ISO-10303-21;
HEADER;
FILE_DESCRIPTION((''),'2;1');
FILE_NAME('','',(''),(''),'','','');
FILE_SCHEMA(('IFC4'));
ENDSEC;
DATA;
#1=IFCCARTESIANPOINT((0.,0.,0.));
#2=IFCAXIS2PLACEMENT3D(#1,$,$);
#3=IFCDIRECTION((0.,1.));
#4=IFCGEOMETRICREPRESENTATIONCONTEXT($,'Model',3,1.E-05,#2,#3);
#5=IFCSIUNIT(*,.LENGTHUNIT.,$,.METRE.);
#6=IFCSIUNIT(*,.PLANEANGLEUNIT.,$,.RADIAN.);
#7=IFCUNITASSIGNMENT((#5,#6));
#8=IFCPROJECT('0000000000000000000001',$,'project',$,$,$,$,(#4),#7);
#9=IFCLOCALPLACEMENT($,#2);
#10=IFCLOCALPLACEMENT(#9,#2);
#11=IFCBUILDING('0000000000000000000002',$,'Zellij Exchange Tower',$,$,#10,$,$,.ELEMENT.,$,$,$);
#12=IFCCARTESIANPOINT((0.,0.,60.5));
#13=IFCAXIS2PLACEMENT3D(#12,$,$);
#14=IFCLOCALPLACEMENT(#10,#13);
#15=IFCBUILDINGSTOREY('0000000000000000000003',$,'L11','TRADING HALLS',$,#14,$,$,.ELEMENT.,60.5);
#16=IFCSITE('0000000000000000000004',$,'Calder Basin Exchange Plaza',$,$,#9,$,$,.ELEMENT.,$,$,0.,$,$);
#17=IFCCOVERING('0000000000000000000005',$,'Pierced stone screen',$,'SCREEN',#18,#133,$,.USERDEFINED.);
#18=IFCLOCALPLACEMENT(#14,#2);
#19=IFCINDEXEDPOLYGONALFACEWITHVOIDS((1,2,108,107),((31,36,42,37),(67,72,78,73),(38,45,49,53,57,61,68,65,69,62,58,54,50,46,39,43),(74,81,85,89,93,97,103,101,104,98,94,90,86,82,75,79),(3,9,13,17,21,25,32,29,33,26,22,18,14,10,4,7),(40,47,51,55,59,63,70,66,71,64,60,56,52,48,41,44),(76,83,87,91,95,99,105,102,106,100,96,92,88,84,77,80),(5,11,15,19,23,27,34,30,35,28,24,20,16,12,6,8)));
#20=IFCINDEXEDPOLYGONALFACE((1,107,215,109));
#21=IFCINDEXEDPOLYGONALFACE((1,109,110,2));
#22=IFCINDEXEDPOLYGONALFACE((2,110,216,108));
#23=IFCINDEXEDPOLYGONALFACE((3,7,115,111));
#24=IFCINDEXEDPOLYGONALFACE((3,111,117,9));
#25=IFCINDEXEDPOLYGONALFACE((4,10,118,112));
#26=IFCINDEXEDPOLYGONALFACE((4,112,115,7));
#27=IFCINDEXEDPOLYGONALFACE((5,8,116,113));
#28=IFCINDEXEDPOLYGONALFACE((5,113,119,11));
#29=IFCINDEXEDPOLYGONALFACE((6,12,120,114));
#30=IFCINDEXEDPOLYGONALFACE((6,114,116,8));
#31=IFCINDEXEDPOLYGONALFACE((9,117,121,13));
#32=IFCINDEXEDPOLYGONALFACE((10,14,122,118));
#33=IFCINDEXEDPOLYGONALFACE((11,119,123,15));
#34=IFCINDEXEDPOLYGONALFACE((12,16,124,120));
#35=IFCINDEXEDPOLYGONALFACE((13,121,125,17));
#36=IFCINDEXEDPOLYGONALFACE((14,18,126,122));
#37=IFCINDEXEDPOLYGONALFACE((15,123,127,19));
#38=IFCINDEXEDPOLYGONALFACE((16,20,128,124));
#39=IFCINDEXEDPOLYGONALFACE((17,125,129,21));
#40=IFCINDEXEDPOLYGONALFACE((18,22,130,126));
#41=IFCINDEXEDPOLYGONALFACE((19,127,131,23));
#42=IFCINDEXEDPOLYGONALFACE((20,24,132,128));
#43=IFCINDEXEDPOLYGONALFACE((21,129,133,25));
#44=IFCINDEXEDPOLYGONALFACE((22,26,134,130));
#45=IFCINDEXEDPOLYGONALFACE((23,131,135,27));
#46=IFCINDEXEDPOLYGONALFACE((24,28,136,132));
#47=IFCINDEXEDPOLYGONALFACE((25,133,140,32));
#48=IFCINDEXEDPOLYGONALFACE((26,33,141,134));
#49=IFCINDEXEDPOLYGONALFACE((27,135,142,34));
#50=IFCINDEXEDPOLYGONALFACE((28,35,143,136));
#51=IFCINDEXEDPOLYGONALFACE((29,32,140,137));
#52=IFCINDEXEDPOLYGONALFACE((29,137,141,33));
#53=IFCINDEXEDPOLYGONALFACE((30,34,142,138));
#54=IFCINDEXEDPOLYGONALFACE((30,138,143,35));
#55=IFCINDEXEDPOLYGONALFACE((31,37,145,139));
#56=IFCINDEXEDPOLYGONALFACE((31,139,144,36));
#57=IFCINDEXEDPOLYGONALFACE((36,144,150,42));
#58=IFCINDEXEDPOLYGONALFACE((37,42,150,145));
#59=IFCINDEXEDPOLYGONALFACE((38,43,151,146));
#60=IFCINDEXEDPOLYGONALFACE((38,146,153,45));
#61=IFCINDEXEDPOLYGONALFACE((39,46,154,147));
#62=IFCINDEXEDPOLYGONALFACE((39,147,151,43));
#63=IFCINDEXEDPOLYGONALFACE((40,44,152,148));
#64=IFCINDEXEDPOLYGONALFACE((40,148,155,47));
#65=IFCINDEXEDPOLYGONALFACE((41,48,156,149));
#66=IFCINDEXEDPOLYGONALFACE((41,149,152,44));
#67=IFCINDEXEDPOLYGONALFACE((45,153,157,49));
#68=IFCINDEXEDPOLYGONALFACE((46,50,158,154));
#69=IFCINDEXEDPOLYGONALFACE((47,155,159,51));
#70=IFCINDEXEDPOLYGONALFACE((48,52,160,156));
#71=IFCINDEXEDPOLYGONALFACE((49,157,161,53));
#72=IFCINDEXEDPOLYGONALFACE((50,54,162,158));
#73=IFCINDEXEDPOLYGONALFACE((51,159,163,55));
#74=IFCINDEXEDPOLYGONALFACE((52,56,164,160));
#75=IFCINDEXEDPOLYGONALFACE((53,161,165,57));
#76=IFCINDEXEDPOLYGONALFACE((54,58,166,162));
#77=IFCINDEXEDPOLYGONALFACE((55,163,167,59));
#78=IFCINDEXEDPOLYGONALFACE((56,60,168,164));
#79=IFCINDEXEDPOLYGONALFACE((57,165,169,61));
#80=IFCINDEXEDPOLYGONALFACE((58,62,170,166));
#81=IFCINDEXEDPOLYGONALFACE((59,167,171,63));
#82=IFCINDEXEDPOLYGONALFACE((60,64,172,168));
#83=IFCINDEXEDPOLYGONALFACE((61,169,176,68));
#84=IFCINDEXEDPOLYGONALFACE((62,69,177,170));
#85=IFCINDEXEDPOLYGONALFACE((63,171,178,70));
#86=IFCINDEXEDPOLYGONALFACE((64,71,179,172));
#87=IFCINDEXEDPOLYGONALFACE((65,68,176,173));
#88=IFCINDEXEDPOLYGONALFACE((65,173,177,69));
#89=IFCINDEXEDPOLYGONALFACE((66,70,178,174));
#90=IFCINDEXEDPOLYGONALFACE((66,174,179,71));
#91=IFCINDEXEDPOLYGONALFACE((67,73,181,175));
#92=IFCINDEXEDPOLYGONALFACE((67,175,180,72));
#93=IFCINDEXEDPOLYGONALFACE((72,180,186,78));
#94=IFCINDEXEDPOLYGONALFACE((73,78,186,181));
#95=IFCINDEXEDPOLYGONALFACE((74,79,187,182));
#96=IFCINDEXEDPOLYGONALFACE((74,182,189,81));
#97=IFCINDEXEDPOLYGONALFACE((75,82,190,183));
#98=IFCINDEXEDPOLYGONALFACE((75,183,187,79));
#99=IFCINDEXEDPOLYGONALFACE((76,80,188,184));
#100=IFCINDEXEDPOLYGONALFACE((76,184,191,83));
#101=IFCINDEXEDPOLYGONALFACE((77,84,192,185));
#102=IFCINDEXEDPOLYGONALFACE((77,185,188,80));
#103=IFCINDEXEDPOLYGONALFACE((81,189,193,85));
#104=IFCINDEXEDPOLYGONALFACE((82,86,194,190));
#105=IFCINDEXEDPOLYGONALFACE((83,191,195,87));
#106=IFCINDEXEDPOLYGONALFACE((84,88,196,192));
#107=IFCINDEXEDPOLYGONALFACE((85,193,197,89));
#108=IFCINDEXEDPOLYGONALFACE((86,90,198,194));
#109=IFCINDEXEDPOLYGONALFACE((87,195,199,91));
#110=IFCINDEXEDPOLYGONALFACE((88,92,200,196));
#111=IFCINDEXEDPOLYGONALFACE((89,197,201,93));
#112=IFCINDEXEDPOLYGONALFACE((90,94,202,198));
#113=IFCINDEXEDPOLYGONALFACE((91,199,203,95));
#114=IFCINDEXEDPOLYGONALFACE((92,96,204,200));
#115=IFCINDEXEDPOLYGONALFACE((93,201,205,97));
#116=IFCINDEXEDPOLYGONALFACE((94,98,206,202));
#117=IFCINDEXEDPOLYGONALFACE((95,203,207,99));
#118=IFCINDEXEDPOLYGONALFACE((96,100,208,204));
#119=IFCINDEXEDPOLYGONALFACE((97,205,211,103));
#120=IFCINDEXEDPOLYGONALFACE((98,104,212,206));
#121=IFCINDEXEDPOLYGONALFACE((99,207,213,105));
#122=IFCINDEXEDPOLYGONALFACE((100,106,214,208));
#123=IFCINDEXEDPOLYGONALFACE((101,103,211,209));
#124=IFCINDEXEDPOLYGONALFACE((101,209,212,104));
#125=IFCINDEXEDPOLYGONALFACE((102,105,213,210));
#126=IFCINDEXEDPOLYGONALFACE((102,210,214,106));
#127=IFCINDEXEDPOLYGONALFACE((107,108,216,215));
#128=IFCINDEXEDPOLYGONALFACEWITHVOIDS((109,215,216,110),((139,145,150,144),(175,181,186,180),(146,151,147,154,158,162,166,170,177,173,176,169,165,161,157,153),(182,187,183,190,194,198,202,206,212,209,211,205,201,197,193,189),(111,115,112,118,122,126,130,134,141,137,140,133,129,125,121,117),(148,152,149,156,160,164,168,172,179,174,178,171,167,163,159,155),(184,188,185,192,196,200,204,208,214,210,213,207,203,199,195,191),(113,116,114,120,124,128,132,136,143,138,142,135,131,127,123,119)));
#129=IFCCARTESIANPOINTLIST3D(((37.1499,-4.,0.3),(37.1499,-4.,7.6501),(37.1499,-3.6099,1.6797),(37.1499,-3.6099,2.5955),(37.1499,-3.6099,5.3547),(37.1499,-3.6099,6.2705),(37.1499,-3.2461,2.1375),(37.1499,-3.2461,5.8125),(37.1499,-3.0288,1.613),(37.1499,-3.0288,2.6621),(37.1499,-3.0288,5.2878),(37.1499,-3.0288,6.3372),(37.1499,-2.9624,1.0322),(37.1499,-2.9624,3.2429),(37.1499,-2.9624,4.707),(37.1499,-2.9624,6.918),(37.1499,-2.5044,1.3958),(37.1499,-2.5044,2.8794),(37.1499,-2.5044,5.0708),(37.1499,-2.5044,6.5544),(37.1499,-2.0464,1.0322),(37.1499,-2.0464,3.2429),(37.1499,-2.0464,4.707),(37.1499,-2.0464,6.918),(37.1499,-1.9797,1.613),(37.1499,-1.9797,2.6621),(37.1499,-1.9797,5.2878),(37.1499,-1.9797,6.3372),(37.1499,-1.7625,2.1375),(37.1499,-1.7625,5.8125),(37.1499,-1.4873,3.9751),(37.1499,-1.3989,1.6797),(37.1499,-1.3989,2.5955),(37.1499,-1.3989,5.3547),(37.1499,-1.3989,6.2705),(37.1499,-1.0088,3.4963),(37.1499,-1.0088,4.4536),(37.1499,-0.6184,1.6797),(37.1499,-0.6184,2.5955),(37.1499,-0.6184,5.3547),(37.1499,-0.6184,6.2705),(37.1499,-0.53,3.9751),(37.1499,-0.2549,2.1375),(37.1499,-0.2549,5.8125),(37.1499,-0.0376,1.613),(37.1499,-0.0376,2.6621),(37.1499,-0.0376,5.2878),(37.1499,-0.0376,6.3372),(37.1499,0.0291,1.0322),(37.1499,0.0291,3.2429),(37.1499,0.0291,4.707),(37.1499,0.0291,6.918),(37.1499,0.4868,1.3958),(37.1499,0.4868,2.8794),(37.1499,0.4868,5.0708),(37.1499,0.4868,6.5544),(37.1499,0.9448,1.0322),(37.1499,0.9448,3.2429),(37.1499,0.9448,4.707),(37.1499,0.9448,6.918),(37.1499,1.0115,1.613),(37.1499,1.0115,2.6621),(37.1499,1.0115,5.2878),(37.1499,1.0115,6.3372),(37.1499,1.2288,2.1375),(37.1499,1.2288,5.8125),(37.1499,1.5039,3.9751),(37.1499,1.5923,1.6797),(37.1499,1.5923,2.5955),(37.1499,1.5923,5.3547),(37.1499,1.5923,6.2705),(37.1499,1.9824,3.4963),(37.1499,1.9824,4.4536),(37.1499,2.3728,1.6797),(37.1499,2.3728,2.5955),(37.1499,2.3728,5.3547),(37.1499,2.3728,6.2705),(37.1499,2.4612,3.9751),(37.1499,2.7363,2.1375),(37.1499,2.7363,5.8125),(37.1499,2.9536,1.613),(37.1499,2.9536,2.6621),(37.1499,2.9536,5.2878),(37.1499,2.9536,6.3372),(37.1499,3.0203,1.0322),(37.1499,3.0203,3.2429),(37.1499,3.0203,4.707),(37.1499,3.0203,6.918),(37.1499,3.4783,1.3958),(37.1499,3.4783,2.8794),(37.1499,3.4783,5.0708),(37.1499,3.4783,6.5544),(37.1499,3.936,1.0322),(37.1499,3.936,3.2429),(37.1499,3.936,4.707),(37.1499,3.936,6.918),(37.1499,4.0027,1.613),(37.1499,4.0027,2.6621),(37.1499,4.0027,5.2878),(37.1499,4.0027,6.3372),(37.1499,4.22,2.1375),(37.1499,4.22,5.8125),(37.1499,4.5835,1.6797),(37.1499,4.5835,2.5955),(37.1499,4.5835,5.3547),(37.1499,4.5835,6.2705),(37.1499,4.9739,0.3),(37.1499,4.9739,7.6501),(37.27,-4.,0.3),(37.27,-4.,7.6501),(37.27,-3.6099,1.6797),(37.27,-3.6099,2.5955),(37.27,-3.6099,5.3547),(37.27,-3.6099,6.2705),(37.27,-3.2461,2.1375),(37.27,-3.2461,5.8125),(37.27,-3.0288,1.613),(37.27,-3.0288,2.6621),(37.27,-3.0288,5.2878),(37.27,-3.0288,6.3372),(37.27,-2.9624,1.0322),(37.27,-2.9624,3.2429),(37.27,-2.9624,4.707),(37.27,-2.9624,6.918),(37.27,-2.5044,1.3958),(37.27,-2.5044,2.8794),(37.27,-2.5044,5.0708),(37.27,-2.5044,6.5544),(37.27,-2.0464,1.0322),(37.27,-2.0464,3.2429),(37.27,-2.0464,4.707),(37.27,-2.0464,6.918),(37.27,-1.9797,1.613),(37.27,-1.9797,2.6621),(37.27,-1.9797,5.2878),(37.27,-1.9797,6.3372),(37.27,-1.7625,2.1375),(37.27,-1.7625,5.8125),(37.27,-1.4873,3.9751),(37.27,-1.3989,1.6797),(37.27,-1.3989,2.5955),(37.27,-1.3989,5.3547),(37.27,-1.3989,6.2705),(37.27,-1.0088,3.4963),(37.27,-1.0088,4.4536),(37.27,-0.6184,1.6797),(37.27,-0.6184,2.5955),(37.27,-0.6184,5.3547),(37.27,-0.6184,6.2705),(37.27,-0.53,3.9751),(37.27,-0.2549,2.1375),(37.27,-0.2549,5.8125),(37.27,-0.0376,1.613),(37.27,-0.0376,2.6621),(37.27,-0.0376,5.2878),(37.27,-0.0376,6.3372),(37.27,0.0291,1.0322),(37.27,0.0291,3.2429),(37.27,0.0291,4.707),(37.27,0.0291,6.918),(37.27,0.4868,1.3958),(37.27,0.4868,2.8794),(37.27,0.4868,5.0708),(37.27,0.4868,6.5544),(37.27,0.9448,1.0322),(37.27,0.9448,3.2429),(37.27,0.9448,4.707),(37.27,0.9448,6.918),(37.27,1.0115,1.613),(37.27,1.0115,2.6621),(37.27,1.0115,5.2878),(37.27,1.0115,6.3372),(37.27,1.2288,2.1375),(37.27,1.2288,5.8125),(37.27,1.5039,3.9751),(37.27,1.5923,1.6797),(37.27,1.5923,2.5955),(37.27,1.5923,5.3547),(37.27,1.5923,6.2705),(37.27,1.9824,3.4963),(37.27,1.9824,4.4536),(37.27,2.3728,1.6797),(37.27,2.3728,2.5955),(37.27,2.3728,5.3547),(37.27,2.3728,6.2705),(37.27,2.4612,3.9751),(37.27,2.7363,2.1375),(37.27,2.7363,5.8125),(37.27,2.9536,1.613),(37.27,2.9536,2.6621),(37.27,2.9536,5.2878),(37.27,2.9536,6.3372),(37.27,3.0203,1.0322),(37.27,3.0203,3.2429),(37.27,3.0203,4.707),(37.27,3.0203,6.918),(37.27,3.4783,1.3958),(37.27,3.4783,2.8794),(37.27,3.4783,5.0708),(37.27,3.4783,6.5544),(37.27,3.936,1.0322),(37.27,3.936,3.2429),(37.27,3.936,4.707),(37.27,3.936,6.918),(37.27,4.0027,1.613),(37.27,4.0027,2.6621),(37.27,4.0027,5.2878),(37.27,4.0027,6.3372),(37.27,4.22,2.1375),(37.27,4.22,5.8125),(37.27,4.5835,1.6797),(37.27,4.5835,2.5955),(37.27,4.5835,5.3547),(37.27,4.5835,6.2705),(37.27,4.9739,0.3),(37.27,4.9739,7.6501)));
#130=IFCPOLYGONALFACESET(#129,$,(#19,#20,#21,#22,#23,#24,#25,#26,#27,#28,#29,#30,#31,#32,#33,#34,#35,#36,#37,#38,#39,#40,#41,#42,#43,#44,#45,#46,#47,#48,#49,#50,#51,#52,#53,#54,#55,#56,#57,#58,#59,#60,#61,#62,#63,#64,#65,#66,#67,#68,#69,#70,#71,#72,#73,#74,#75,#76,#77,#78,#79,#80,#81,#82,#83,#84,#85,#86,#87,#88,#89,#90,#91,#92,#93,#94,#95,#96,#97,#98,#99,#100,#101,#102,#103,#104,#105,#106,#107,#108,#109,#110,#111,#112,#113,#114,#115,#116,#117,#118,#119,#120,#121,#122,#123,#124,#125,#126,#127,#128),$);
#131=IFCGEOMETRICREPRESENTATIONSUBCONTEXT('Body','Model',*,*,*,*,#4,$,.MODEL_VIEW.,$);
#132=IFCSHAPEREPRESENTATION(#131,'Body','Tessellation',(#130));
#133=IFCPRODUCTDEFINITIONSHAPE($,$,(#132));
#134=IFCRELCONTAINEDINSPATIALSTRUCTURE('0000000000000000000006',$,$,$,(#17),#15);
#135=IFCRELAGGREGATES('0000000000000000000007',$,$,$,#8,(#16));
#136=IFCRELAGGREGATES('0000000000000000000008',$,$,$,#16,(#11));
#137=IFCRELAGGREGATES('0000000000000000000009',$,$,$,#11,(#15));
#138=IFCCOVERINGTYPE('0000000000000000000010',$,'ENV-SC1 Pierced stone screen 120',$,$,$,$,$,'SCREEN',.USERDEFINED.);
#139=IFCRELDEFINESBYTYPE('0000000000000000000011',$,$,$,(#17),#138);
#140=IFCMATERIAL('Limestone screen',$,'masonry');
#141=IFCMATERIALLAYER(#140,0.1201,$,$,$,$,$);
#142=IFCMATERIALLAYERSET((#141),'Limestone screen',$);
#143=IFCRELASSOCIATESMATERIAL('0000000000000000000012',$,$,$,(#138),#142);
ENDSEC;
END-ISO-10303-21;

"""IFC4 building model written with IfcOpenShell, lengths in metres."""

from ifc_helpers import new_model, si_unit, direction, frame, origin, place, context, subcontext, project, spatial, polyline, outline, extrude, material, layer, layer_set, type_object, element, save


model = new_model("IFC4")

# Units and contexts
model_context = context("Model", 3, precision=1e-05, world=origin(), true_north=direction((0.0, 1.0)))
body_context = subcontext(model_context, "Body", "Model", "MODEL_VIEW")
ifc_project = project(units=[si_unit("LENGTHUNIT", "METRE"), si_unit("PLANEANGLEUNIT", "RADIAN")], contexts=[model_context])

# Site, building, storey
site_placement = place(None, origin())
site = spatial("IfcSite", under=ifc_project, at=site_placement, Name="Calder Basin Exchange Plaza", CompositionType="ELEMENT", RefElevation=0.0)
building_placement = place(site_placement, origin())
building = spatial("IfcBuilding", under=site, at=building_placement, Name="Zellij Exchange Tower", CompositionType="ELEMENT")
storey_placement = place(building_placement, frame((0.0, 0.0, 60.5)))
storey = spatial("IfcBuildingStorey", under=building, at=storey_placement, Name="L11", Description="TRADING HALLS", CompositionType="ELEMENT", Elevation=60.5)

# Covering
ifc_material_1 = material(Name="Limestone screen", Category="masonry")
ifc_layer_1 = layer(ifc_material_1, 0.1201)
ifc_layer_set_1 = layer_set([ifc_layer_1], Name="Limestone screen")
covering_type = type_object("IfcCoveringType", Name="ENV-SC1 Pierced stone screen 120", ElementType="SCREEN", PredefinedType="USERDEFINED", material=ifc_layer_set_1)
covering_1_placement = place(storey_placement, frame((37.21, -4.0, 0.3), z_axis=(0.0, 0.0, 1.0), x_axis=(0.0, 1.0, 0.0)))
element("IfcCovering", 1, at=covering_1_placement, inside=storey, type_object=covering_type, Name="Pierced stone screen", ObjectType="SCREEN", PredefinedType="USERDEFINED", context=body_context, shape_type="SweptSolid", body=[
    extrude(outline(polyline([(0.0, 0.0), (8.9739, 0.0), (8.9739, 7.3501), (0.0, 7.3501), (0.0, 0.0)]), holes=[polyline([(2.6011, 2.2954), (2.0203, 2.3621), (1.9536, 2.9429), (1.4956, 2.5793), (1.0376, 2.9429), (0.9712, 2.3621), (0.3901, 2.2954), (0.7539, 1.8374), (0.3901, 1.3796), (0.9712, 1.313), (1.0376, 0.7322), (1.4956, 1.0957), (1.9536, 0.7322), (2.0203, 1.313), (2.6011, 1.3796), (2.2375, 1.8374), (2.6011, 2.2954)]), polyline([(2.6011, 5.9705), (2.0203, 6.0371), (1.9536, 6.6179), (1.4956, 6.2544), (1.0376, 6.6179), (0.9712, 6.0371), (0.3901, 5.9705), (0.7539, 5.5125), (0.3901, 5.0547), (0.9712, 4.9878), (1.0376, 4.407), (1.4956, 4.7708), (1.9536, 4.407), (2.0203, 4.9878), (2.6011, 5.0547), (2.2375, 5.5125), (2.6011, 5.9705)]), polyline([(5.5923, 2.2954), (5.0115, 2.3621), (4.9448, 2.9429), (4.4868, 2.5793), (4.0291, 2.9429), (3.9624, 2.3621), (3.3816, 2.2954), (3.7451, 1.8374), (3.3816, 1.3796), (3.9624, 1.313), (4.0291, 0.7322), (4.4868, 1.0957), (4.9448, 0.7322), (5.0115, 1.313), (5.5923, 1.3796), (5.2288, 1.8374), (5.5923, 2.2954)]), polyline([(5.5923, 5.9705), (5.0115, 6.0371), (4.9448, 6.6179), (4.4868, 6.2544), (4.0291, 6.6179), (3.9624, 6.0371), (3.3816, 5.9705), (3.7451, 5.5125), (3.3816, 5.0547), (3.9624, 4.9878), (4.0291, 4.407), (4.4868, 4.7708), (4.9448, 4.407), (5.0115, 4.9878), (5.5923, 5.0547), (5.2288, 5.5125), (5.5923, 5.9705)]), polyline([(8.5835, 2.2954), (8.0027, 2.3621), (7.936, 2.9429), (7.4783, 2.5793), (7.0203, 2.9429), (6.9536, 2.3621), (6.3728, 2.2954), (6.7363, 1.8374), (6.3728, 1.3796), (6.9536, 1.313), (7.0203, 0.7322), (7.4783, 1.0957), (7.936, 0.7322), (8.0027, 1.313), (8.5835, 1.3796), (8.22, 1.8374), (8.5835, 2.2954)]), polyline([(8.5835, 5.9705), (8.0027, 6.0371), (7.936, 6.6179), (7.4783, 6.2544), (7.0203, 6.6179), (6.9536, 6.0371), (6.3728, 5.9705), (6.7363, 5.5125), (6.3728, 5.0547), (6.9536, 4.9878), (7.0203, 4.407), (7.4783, 4.7708), (7.936, 4.407), (8.0027, 4.9878), (8.5835, 5.0547), (8.22, 5.5125), (8.5835, 5.9705)]), polyline([(3.47, 3.675), (2.9912, 4.1536), (2.5127, 3.675), (2.9912, 3.1963), (3.47, 3.675)]), polyline([(6.4612, 3.675), (5.9824, 4.1536), (5.5039, 3.675), (5.9824, 3.1963), (6.4612, 3.675)])]), frame((0.0, 0.0601, 0.0), z_axis=(0.0, -1.0, 0.0), x_axis=(1.0, 0.0, 0.0)), (0.0, 0.0, 1.0), 0.1201),
])

save(model, "model.ifc")
